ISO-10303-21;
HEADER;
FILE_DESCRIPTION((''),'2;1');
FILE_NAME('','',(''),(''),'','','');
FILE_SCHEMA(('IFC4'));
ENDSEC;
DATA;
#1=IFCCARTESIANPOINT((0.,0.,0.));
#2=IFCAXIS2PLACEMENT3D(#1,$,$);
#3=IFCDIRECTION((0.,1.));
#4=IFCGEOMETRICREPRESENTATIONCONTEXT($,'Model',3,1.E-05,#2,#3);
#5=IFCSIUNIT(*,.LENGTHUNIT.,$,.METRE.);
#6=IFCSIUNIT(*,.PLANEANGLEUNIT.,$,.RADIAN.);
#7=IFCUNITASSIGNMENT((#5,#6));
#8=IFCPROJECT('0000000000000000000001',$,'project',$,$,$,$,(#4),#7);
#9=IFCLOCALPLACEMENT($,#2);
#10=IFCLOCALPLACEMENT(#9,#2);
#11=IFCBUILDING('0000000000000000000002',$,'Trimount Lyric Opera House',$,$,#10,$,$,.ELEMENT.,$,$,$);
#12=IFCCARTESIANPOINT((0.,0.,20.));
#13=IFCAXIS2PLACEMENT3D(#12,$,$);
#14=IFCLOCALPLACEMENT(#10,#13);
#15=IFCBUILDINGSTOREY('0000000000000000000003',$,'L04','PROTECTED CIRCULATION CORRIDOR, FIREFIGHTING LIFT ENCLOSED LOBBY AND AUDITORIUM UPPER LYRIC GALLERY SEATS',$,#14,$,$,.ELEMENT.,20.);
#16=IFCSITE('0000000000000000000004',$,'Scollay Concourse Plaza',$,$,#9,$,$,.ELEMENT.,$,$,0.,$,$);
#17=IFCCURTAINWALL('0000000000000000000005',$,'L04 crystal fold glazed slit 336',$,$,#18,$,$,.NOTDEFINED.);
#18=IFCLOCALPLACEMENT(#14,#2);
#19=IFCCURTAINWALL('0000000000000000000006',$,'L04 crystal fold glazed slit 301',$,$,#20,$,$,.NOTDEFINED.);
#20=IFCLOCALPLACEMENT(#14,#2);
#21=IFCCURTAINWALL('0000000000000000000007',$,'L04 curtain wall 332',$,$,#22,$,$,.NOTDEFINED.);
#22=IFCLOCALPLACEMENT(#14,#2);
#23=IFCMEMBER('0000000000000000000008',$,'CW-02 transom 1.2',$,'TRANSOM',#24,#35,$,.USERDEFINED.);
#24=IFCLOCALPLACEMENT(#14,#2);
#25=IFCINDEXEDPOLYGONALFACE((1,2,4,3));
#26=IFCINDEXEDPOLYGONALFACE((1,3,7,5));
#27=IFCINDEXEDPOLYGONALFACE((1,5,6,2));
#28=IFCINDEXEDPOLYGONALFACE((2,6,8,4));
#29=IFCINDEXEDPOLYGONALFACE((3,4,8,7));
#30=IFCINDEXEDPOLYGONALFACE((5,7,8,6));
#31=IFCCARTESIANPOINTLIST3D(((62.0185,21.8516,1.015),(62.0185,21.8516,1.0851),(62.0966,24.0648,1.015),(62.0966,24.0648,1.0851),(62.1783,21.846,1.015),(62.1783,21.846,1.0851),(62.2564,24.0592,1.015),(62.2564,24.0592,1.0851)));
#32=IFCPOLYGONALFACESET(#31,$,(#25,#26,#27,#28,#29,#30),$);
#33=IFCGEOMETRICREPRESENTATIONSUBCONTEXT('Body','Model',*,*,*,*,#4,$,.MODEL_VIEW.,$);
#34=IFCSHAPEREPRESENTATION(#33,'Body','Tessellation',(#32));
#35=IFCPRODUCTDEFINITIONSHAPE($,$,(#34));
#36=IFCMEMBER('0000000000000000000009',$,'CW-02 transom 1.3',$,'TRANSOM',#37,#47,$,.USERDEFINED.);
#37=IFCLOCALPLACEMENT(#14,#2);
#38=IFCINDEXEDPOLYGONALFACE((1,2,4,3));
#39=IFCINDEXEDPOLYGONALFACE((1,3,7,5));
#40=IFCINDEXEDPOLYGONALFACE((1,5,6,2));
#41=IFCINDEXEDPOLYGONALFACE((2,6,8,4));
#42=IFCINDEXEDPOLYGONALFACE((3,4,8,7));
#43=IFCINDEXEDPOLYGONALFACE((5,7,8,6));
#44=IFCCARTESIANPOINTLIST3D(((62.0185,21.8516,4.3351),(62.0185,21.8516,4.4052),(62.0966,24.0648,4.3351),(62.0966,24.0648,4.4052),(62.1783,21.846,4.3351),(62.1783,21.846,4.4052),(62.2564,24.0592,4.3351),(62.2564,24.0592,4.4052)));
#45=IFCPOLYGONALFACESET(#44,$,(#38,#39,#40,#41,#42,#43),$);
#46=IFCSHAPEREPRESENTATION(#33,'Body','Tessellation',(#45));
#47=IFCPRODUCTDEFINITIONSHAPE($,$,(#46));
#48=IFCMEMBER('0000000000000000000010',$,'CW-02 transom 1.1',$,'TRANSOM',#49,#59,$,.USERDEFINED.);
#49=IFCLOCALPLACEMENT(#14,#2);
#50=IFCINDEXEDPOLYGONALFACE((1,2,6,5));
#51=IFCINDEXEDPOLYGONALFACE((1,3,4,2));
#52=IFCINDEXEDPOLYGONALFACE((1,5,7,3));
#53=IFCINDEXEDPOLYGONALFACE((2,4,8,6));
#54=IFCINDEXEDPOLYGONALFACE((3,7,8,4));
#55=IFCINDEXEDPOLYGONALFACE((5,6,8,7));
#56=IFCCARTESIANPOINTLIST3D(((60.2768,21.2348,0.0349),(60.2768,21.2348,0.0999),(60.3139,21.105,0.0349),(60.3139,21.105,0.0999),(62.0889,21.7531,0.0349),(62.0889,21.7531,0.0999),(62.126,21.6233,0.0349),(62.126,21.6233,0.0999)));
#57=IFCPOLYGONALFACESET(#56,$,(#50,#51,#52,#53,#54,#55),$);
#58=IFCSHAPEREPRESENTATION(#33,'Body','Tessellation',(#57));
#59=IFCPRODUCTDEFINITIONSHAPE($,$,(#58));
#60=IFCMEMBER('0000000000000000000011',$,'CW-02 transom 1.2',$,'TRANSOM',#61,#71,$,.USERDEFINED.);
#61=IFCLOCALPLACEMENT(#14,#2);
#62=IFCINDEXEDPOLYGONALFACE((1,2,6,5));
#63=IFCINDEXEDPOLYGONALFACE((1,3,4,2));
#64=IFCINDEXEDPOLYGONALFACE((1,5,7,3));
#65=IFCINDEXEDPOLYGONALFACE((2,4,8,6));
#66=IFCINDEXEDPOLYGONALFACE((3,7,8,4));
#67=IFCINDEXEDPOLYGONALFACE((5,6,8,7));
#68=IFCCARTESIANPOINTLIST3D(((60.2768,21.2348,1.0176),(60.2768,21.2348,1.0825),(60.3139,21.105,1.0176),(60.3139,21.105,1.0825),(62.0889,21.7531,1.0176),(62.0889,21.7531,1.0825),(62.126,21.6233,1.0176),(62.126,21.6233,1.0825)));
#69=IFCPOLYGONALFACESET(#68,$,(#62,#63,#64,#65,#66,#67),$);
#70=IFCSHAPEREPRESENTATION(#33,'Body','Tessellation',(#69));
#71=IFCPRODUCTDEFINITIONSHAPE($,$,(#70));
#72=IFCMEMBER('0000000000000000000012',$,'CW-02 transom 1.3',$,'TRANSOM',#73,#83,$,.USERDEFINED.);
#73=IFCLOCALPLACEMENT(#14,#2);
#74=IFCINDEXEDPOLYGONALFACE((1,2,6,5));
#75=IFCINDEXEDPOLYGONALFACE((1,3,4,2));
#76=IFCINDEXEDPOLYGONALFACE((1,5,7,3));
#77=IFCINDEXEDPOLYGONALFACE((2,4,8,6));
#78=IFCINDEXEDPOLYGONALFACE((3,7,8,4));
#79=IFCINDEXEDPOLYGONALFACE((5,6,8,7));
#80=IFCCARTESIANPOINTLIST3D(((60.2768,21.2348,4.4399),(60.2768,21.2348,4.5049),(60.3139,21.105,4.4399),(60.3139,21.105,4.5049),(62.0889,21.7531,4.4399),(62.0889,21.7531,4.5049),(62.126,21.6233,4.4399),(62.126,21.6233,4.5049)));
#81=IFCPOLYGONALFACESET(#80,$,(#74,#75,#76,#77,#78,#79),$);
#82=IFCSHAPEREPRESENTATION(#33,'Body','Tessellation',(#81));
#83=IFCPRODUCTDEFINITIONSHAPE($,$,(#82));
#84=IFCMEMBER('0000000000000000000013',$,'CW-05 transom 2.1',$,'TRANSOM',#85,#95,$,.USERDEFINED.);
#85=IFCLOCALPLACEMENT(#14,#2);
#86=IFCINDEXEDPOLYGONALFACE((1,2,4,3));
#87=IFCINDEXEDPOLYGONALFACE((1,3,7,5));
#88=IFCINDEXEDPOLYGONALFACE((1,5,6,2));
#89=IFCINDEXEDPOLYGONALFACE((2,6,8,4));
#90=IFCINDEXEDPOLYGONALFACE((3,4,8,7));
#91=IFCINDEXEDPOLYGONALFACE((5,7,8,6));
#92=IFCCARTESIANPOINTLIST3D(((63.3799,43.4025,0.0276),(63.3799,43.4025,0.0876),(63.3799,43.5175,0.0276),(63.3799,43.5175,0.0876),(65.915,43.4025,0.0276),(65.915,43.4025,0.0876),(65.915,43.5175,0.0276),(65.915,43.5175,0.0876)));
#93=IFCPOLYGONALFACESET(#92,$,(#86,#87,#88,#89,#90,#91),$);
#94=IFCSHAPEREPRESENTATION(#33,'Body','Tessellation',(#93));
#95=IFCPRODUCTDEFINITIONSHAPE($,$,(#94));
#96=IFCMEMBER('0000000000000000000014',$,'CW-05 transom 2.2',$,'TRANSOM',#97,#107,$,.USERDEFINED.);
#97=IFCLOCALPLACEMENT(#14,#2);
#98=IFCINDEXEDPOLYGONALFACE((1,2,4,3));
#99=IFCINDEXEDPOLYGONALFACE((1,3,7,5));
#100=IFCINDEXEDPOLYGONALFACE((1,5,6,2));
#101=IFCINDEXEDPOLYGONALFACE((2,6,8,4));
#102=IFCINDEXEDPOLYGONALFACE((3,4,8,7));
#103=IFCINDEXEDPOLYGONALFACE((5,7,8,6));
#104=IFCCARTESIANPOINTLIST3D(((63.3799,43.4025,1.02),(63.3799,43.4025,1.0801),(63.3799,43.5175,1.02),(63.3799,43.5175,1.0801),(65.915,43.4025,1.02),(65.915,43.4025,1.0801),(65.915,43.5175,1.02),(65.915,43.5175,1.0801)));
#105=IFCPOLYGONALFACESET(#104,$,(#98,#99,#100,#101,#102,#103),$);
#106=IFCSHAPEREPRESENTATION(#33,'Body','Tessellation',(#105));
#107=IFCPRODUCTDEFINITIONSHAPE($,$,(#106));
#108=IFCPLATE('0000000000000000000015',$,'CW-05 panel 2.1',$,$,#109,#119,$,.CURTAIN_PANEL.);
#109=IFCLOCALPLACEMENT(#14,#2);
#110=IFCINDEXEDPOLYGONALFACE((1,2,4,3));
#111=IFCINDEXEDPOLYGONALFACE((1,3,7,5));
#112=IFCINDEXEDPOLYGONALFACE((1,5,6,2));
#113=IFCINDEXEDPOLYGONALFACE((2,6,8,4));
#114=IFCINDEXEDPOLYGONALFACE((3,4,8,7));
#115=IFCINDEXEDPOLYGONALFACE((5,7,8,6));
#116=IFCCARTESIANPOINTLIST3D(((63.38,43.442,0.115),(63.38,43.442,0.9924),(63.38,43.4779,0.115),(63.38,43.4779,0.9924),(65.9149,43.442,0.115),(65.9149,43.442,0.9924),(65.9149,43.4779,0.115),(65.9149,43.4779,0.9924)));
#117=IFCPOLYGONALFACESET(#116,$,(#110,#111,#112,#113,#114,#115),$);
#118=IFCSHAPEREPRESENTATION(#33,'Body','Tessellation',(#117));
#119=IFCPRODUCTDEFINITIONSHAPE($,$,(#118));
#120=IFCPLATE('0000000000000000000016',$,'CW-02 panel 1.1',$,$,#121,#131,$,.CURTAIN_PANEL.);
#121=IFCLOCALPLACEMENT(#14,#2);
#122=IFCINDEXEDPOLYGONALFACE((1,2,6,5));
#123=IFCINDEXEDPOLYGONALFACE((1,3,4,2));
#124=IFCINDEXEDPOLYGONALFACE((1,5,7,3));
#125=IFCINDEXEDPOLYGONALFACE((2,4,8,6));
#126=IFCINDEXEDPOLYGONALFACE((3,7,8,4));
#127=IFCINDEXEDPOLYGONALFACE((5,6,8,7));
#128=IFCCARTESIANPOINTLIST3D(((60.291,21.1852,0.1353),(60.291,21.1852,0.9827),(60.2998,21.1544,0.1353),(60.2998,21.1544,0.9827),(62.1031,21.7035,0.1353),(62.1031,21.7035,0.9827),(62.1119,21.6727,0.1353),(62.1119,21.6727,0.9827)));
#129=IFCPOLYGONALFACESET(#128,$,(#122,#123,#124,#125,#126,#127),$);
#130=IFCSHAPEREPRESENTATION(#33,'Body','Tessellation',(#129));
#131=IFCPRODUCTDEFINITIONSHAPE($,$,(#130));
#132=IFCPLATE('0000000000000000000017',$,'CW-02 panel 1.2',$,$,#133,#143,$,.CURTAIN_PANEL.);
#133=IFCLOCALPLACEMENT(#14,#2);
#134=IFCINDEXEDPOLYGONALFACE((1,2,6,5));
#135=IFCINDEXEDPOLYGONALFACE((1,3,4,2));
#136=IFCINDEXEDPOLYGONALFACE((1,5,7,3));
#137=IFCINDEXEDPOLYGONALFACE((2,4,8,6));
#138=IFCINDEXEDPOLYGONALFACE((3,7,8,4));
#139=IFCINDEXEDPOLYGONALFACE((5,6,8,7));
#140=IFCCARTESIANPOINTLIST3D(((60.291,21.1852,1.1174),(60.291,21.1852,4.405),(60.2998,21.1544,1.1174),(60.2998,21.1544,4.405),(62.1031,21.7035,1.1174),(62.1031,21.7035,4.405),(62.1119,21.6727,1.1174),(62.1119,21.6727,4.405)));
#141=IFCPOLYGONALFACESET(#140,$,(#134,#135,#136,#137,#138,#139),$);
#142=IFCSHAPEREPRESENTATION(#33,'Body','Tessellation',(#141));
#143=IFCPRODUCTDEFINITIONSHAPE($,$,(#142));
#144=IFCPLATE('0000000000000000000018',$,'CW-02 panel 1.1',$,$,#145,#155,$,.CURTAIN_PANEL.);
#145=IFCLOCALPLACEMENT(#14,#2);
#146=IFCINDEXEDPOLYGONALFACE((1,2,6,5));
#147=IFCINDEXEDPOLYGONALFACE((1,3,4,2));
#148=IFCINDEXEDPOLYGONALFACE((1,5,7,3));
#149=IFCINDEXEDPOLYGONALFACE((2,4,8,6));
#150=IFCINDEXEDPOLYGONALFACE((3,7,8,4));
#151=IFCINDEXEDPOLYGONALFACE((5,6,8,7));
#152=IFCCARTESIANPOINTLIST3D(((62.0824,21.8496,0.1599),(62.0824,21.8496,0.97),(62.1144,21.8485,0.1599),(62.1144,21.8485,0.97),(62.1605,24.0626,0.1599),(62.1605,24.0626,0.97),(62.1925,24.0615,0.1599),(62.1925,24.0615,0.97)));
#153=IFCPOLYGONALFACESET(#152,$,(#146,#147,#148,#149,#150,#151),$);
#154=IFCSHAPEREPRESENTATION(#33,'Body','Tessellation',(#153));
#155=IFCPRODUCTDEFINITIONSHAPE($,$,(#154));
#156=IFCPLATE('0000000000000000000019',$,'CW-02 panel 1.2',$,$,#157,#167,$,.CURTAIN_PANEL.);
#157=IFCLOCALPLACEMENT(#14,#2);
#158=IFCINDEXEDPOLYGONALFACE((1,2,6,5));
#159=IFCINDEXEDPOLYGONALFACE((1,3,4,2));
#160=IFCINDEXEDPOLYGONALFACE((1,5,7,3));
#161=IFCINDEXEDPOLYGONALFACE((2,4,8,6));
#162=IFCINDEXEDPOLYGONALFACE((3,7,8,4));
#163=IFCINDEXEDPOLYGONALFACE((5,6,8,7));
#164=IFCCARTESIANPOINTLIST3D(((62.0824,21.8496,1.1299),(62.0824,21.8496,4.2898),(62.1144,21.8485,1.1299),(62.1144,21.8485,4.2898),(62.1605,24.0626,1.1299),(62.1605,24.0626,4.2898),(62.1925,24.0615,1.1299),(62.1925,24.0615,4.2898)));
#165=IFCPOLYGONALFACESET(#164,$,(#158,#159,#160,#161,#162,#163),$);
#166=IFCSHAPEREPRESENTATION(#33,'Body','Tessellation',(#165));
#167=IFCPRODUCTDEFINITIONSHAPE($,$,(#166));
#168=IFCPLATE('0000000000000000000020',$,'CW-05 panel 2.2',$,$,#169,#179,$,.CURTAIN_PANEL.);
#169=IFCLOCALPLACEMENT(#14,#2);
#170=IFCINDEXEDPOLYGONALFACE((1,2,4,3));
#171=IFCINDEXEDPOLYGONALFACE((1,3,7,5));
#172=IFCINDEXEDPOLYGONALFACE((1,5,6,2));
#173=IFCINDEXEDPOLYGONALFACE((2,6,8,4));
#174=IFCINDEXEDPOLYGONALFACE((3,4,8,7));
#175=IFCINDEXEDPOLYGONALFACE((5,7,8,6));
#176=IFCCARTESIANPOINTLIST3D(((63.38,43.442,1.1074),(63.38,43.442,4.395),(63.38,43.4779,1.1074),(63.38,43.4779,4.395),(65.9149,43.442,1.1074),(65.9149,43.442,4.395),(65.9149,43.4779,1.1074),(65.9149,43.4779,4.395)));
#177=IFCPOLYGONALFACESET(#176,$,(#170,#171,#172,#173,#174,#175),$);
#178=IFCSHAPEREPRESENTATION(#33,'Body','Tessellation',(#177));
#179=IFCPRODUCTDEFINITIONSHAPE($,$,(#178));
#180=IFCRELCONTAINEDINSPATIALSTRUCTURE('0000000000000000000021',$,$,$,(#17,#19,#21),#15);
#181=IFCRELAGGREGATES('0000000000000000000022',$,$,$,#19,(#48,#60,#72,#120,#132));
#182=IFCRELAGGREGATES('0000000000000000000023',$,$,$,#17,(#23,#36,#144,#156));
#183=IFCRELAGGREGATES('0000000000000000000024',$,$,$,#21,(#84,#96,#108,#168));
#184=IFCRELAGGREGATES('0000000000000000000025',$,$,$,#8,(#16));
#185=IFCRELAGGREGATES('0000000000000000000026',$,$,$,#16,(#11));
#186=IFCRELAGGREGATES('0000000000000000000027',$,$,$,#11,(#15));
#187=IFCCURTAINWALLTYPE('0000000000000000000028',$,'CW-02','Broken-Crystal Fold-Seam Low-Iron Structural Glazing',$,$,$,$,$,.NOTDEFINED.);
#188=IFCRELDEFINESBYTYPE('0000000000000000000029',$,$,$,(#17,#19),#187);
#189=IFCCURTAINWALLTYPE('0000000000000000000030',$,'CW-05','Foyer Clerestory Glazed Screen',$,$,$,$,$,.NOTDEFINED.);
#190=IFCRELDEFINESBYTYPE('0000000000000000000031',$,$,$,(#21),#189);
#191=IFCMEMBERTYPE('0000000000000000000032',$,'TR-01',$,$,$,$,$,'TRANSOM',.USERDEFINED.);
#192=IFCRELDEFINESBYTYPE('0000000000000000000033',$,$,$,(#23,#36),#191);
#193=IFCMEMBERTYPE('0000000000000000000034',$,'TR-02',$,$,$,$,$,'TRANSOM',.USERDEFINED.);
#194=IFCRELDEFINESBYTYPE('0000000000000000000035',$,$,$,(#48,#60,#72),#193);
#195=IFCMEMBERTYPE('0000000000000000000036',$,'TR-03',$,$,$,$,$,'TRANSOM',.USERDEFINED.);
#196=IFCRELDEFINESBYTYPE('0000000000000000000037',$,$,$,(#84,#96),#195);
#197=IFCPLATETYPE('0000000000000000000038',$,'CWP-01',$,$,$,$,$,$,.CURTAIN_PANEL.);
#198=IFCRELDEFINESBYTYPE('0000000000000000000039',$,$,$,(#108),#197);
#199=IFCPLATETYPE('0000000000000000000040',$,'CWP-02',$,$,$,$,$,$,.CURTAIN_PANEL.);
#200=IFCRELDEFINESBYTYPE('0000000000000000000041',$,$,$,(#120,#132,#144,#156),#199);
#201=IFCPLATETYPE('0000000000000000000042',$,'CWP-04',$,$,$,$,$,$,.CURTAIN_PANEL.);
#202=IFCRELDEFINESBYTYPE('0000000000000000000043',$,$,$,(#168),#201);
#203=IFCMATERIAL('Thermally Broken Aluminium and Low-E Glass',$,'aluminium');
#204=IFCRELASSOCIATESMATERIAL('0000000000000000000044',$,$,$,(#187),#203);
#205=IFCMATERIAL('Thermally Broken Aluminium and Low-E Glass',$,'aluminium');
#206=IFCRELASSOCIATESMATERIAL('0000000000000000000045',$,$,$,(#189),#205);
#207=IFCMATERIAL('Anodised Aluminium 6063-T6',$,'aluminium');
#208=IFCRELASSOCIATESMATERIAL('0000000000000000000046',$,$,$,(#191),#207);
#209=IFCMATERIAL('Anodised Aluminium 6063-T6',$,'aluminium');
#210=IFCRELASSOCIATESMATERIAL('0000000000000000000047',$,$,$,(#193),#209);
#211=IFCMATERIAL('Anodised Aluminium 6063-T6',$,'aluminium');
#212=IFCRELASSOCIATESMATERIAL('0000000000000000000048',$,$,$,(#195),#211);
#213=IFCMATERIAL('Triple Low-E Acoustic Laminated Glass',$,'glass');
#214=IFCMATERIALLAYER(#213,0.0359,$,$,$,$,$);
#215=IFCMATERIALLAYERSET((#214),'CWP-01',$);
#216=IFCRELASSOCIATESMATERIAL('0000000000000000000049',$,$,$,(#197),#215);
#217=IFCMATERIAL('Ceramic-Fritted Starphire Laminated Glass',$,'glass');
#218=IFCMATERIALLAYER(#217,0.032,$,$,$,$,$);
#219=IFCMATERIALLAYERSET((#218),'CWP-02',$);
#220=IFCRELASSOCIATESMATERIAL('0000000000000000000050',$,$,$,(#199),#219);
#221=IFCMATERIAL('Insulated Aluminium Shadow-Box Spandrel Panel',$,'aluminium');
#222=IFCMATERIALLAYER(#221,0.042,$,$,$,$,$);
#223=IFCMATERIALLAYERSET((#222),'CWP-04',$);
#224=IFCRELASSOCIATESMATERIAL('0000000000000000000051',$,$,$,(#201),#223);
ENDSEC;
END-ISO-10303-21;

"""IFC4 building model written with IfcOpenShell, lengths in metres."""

from ifc_helpers import new_model, si_unit, direction, frame, origin, origin_2d, place, context, subcontext, project, spatial, rectangle, extrude, material, layer, layer_set, material_profile, profile_set, type_object, element, aggregate, save


model = new_model("IFC4")

# Units and contexts
model_context = context("Model", 3, precision=1e-05, world=origin(), true_north=direction((0.0, 1.0)))
body_context = subcontext(model_context, "Body", "Model", "MODEL_VIEW")
ifc_project = project(units=[si_unit("LENGTHUNIT", "METRE"), si_unit("PLANEANGLEUNIT", "RADIAN")], contexts=[model_context])

# Site, building, storey
site_placement = place(None, origin())
site = spatial("IfcSite", under=ifc_project, at=site_placement, Name="Scollay Concourse Plaza", CompositionType="ELEMENT", RefElevation=0.0)
building_placement = place(site_placement, origin())
building = spatial("IfcBuilding", under=site, at=building_placement, Name="Trimount Lyric Opera House", CompositionType="ELEMENT")
storey_placement = place(building_placement, frame((0.0, 0.0, 20.0)))
storey = spatial("IfcBuildingStorey", under=building, at=storey_placement, Name="L04", Description="PROTECTED CIRCULATION CORRIDOR, FIREFIGHTING LIFT ENCLOSED LOBBY AND AUDITORIUM UPPER LYRIC GALLERY SEATS", CompositionType="ELEMENT", Elevation=20.0)

# Shared definitions
ifc_material_1 = material(Name="Thermally Broken Aluminium and Low-E Glass", Category="aluminium")
curtain_wall_type_1 = type_object("IfcCurtainWallType", Name="CW-02", Description="Broken-Crystal Fold-Seam Low-Iron Structural Glazing", PredefinedType="NOTDEFINED", material=ifc_material_1)

# Curtain walls
curtain_wall_1_placement = place(storey_placement, origin())
curtain_wall_1 = element("IfcCurtainWall", 1, at=curtain_wall_1_placement, inside=storey, type_object=curtain_wall_type_1, Name="L04 crystal fold glazed slit 336", PredefinedType="NOTDEFINED")
curtain_wall_2_placement = place(storey_placement, origin())
curtain_wall_2 = element("IfcCurtainWall", 2, at=curtain_wall_2_placement, inside=storey, type_object=curtain_wall_type_1, Name="L04 crystal fold glazed slit 301", PredefinedType="NOTDEFINED")

# Curtain wall
ifc_material_2 = material(Name="Thermally Broken Aluminium and Low-E Glass", Category="aluminium")
curtain_wall_type_2 = type_object("IfcCurtainWallType", Name="CW-05", Description="Foyer Clerestory Glazed Screen", PredefinedType="NOTDEFINED", material=ifc_material_2)
curtain_wall_3_placement = place(storey_placement, origin())
curtain_wall_3 = element("IfcCurtainWall", 3, at=curtain_wall_3_placement, inside=storey, type_object=curtain_wall_type_2, Name="L04 curtain wall 332", PredefinedType="NOTDEFINED")

# Members
ifc_material_3 = material(Name="Anodised Aluminium 6063-T6", Category="aluminium")
ifc_material_profile_1 = material_profile(ifc_material_3, rectangle(XDim=0.1599, YDim=0.0701, at=origin_2d()), Name="ALU-TRAN-70X160")
ifc_profile_set_1 = profile_set([ifc_material_profile_1], Name="Anodised Aluminium 6063-T6")
member_type_1 = type_object("IfcMemberType", Name="TR-01", ElementType="TRANSOM", PredefinedType="USERDEFINED", material=ifc_profile_set_1)
member_1_placement = place(storey_placement, frame((62.1765, 24.062, 1.05), z_axis=(-0.035279, -0.999378, 0.0), x_axis=(0.999378, -0.035279, 0.0)))
member_1 = element("IfcMember", 4, at=member_1_placement, type_object=member_type_1, Name="CW-02 transom 1.2", ObjectType="TRANSOM", PredefinedType="USERDEFINED", context=body_context, shape_type="SweptSolid", body=[
    extrude(rectangle(XDim=0.1599, YDim=0.0701, at=origin_2d()), origin(), (0.0, 0.0, 1.0), 2.2146),
])
member_2_placement = place(storey_placement, frame((62.1765, 24.062, 4.3701), z_axis=(-0.035279, -0.999378, 0.0), x_axis=(0.999378, -0.035279, 0.0)))
member_2 = element("IfcMember", 5, at=member_2_placement, type_object=member_type_1, Name="CW-02 transom 1.3", ObjectType="TRANSOM", PredefinedType="USERDEFINED", context=body_context, shape_type="SweptSolid", body=[
    extrude(rectangle(XDim=0.1599, YDim=0.0701, at=origin_2d()), origin(), (0.0, 0.0, 1.0), 2.2146),
])
ifc_material_4 = material(Name="Anodised Aluminium 6063-T6", Category="aluminium")
ifc_material_profile_2 = material_profile(ifc_material_4, rectangle(XDim=0.135, YDim=0.0649, at=origin_2d()), Name="ALU-TRAN-65X135")
ifc_profile_set_2 = profile_set([ifc_material_profile_2], Name="Anodised Aluminium 6063-T6")
member_type_2 = type_object("IfcMemberType", Name="TR-02", ElementType="TRANSOM", PredefinedType="USERDEFINED", material=ifc_profile_set_2)
member_3_placement = place(storey_placement, frame((62.1074, 21.6882, 0.0674), z_axis=(-0.961441, -0.275012, 0.0), x_axis=(0.275012, -0.961441, 0.0)))
member_3 = element("IfcMember", 6, at=member_3_placement, type_object=member_type_2, Name="CW-02 transom 1.1", ObjectType="TRANSOM", PredefinedType="USERDEFINED", context=body_context, shape_type="SweptSolid", body=[
    extrude(rectangle(XDim=0.135, YDim=0.0649, at=origin_2d()), origin(), (0.0, 0.0, 1.0), 1.8848),
])
member_4_placement = place(storey_placement, frame((62.1074, 21.6882, 1.05), z_axis=(-0.961441, -0.275012, 0.0), x_axis=(0.275012, -0.961441, 0.0)))
member_4 = element("IfcMember", 7, at=member_4_placement, type_object=member_type_2, Name="CW-02 transom 1.2", ObjectType="TRANSOM", PredefinedType="USERDEFINED", context=body_context, shape_type="SweptSolid", body=[
    extrude(rectangle(XDim=0.135, YDim=0.0649, at=origin_2d()), origin(), (0.0, 0.0, 1.0), 1.8848),
])
member_5_placement = place(storey_placement, frame((62.1074, 21.6882, 4.4724), z_axis=(-0.961441, -0.275012, 0.0), x_axis=(0.275012, -0.961441, 0.0)))
member_5 = element("IfcMember", 8, at=member_5_placement, type_object=member_type_2, Name="CW-02 transom 1.3", ObjectType="TRANSOM", PredefinedType="USERDEFINED", context=body_context, shape_type="SweptSolid", body=[
    extrude(rectangle(XDim=0.135, YDim=0.0649, at=origin_2d()), origin(), (0.0, 0.0, 1.0), 1.8848),
])
ifc_material_5 = material(Name="Anodised Aluminium 6063-T6", Category="aluminium")
ifc_material_profile_3 = material_profile(ifc_material_5, rectangle(XDim=0.115, YDim=0.0601, at=origin_2d()), Name="ALU-TRAN-60X115")
ifc_profile_set_3 = profile_set([ifc_material_profile_3], Name="Anodised Aluminium 6063-T6")
member_type_3 = type_object("IfcMemberType", Name="TR-03", ElementType="TRANSOM", PredefinedType="USERDEFINED", material=ifc_profile_set_3)
member_6_placement = place(storey_placement, frame((65.915, 43.46, 0.0576), z_axis=(-1.0, 0.0, 0.0), x_axis=(0.0, -1.0, 0.0)))
member_6 = element("IfcMember", 9, at=member_6_placement, type_object=member_type_3, Name="CW-05 transom 2.1", ObjectType="TRANSOM", PredefinedType="USERDEFINED", context=body_context, shape_type="SweptSolid", body=[
    extrude(rectangle(XDim=0.115, YDim=0.0601, at=origin_2d()), origin(), (0.0, 0.0, 1.0), 2.5352),
])
member_7_placement = place(storey_placement, frame((65.915, 43.46, 1.05), z_axis=(-1.0, 0.0, 0.0), x_axis=(0.0, -1.0, 0.0)))
member_7 = element("IfcMember", 10, at=member_7_placement, type_object=member_type_3, Name="CW-05 transom 2.2", ObjectType="TRANSOM", PredefinedType="USERDEFINED", context=body_context, shape_type="SweptSolid", body=[
    extrude(rectangle(XDim=0.115, YDim=0.0601, at=origin_2d()), origin(), (0.0, 0.0, 1.0), 2.5352),
])

# Plates
ifc_material_6 = material(Name="Triple Low-E Acoustic Laminated Glass", Category="glass")
ifc_layer_1 = layer(ifc_material_6, 0.0359)
ifc_layer_set_1 = layer_set([ifc_layer_1], Name="CWP-01")
plate_type_1 = type_object("IfcPlateType", Name="CWP-01", PredefinedType="CURTAIN_PANEL", material=ifc_layer_set_1)
plate_1_placement = place(storey_placement, frame((64.6475, 43.46, 0.115), z_axis=(0.0, 0.0, 1.0), x_axis=(-1.0, 0.0, 0.0)))
plate_1 = element("IfcPlate", 11, at=plate_1_placement, type_object=plate_type_1, Name="CW-05 panel 2.1", PredefinedType="CURTAIN_PANEL", context=body_context, shape_type="SweptSolid", body=[
    extrude(rectangle(XDim=2.5349, YDim=0.0359, at=origin_2d()), origin(), (0.0, 0.0, 1.0), 0.8774),
])
ifc_material_7 = material(Name="Ceramic-Fritted Starphire Laminated Glass", Category="glass")
ifc_layer_2 = layer(ifc_material_7, 0.032)
ifc_layer_set_2 = layer_set([ifc_layer_2], Name="CWP-02")
plate_type_2 = type_object("IfcPlateType", Name="CWP-02", PredefinedType="CURTAIN_PANEL", material=ifc_layer_set_2)
plate_2_placement = place(storey_placement, frame((61.2014, 21.429, 0.1353), z_axis=(0.0, 0.0, 1.0), x_axis=(-0.961449, -0.274983, 0.0)))
plate_2 = element("IfcPlate", 12, at=plate_2_placement, type_object=plate_type_2, Name="CW-02 panel 1.1", PredefinedType="CURTAIN_PANEL", context=body_context, shape_type="SweptSolid", body=[
    extrude(rectangle(XDim=1.8848, YDim=0.032, at=origin_2d()), origin(), (0.0, 0.0, 1.0), 0.8474),
])
plate_3_placement = place(storey_placement, frame((61.2014, 21.429, 1.1174), z_axis=(0.0, 0.0, 1.0), x_axis=(-0.961449, -0.274983, 0.0)))
plate_3 = element("IfcPlate", 13, at=plate_3_placement, type_object=plate_type_2, Name="CW-02 panel 1.2", PredefinedType="CURTAIN_PANEL", context=body_context, shape_type="SweptSolid", body=[
    extrude(rectangle(XDim=1.8848, YDim=0.032, at=origin_2d()), origin(), (0.0, 0.0, 1.0), 3.2876),
])
aggregate(curtain_wall_2, [member_3, member_4, member_5, plate_2, plate_3])
plate_4_placement = place(storey_placement, frame((62.1375, 22.9556, 0.1599), z_axis=(0.0, 0.0, 1.0), x_axis=(-0.035252, -0.999378, 0.0)))
plate_4 = element("IfcPlate", 14, at=plate_4_placement, type_object=plate_type_2, Name="CW-02 panel 1.1", PredefinedType="CURTAIN_PANEL", context=body_context, shape_type="SweptSolid", body=[
    extrude(rectangle(XDim=2.2144, YDim=0.032, at=origin_2d()), origin(), (0.0, 0.0, 1.0), 0.8101),
])
plate_5_placement = place(storey_placement, frame((62.1375, 22.9556, 1.1299), z_axis=(0.0, 0.0, 1.0), x_axis=(-0.035252, -0.999378, 0.0)))
plate_5 = element("IfcPlate", 15, at=plate_5_placement, type_object=plate_type_2, Name="CW-02 panel 1.2", PredefinedType="CURTAIN_PANEL", context=body_context, shape_type="SweptSolid", body=[
    extrude(rectangle(XDim=2.2144, YDim=0.032, at=origin_2d()), origin(), (0.0, 0.0, 1.0), 3.1599),
])
aggregate(curtain_wall_1, [member_1, member_2, plate_4, plate_5])
ifc_material_8 = material(Name="Insulated Aluminium Shadow-Box Spandrel Panel", Category="aluminium")
ifc_layer_3 = layer(ifc_material_8, 0.042)
ifc_layer_set_3 = layer_set([ifc_layer_3], Name="CWP-04")
plate_type_3 = type_object("IfcPlateType", Name="CWP-04", PredefinedType="CURTAIN_PANEL", material=ifc_layer_set_3)
plate_6_placement = place(storey_placement, frame((64.6475, 43.46, 1.1074), z_axis=(0.0, 0.0, 1.0), x_axis=(-1.0, 0.0, 0.0)))
plate_6 = element("IfcPlate", 16, at=plate_6_placement, type_object=plate_type_3, Name="CW-05 panel 2.2", PredefinedType="CURTAIN_PANEL", context=body_context, shape_type="SweptSolid", body=[
    extrude(rectangle(XDim=2.5349, YDim=0.0359, at=origin_2d()), origin(), (0.0, 0.0, 1.0), 3.2876),
])
aggregate(curtain_wall_3, [member_6, member_7, plate_1, plate_6])

save(model, "model.ifc")
